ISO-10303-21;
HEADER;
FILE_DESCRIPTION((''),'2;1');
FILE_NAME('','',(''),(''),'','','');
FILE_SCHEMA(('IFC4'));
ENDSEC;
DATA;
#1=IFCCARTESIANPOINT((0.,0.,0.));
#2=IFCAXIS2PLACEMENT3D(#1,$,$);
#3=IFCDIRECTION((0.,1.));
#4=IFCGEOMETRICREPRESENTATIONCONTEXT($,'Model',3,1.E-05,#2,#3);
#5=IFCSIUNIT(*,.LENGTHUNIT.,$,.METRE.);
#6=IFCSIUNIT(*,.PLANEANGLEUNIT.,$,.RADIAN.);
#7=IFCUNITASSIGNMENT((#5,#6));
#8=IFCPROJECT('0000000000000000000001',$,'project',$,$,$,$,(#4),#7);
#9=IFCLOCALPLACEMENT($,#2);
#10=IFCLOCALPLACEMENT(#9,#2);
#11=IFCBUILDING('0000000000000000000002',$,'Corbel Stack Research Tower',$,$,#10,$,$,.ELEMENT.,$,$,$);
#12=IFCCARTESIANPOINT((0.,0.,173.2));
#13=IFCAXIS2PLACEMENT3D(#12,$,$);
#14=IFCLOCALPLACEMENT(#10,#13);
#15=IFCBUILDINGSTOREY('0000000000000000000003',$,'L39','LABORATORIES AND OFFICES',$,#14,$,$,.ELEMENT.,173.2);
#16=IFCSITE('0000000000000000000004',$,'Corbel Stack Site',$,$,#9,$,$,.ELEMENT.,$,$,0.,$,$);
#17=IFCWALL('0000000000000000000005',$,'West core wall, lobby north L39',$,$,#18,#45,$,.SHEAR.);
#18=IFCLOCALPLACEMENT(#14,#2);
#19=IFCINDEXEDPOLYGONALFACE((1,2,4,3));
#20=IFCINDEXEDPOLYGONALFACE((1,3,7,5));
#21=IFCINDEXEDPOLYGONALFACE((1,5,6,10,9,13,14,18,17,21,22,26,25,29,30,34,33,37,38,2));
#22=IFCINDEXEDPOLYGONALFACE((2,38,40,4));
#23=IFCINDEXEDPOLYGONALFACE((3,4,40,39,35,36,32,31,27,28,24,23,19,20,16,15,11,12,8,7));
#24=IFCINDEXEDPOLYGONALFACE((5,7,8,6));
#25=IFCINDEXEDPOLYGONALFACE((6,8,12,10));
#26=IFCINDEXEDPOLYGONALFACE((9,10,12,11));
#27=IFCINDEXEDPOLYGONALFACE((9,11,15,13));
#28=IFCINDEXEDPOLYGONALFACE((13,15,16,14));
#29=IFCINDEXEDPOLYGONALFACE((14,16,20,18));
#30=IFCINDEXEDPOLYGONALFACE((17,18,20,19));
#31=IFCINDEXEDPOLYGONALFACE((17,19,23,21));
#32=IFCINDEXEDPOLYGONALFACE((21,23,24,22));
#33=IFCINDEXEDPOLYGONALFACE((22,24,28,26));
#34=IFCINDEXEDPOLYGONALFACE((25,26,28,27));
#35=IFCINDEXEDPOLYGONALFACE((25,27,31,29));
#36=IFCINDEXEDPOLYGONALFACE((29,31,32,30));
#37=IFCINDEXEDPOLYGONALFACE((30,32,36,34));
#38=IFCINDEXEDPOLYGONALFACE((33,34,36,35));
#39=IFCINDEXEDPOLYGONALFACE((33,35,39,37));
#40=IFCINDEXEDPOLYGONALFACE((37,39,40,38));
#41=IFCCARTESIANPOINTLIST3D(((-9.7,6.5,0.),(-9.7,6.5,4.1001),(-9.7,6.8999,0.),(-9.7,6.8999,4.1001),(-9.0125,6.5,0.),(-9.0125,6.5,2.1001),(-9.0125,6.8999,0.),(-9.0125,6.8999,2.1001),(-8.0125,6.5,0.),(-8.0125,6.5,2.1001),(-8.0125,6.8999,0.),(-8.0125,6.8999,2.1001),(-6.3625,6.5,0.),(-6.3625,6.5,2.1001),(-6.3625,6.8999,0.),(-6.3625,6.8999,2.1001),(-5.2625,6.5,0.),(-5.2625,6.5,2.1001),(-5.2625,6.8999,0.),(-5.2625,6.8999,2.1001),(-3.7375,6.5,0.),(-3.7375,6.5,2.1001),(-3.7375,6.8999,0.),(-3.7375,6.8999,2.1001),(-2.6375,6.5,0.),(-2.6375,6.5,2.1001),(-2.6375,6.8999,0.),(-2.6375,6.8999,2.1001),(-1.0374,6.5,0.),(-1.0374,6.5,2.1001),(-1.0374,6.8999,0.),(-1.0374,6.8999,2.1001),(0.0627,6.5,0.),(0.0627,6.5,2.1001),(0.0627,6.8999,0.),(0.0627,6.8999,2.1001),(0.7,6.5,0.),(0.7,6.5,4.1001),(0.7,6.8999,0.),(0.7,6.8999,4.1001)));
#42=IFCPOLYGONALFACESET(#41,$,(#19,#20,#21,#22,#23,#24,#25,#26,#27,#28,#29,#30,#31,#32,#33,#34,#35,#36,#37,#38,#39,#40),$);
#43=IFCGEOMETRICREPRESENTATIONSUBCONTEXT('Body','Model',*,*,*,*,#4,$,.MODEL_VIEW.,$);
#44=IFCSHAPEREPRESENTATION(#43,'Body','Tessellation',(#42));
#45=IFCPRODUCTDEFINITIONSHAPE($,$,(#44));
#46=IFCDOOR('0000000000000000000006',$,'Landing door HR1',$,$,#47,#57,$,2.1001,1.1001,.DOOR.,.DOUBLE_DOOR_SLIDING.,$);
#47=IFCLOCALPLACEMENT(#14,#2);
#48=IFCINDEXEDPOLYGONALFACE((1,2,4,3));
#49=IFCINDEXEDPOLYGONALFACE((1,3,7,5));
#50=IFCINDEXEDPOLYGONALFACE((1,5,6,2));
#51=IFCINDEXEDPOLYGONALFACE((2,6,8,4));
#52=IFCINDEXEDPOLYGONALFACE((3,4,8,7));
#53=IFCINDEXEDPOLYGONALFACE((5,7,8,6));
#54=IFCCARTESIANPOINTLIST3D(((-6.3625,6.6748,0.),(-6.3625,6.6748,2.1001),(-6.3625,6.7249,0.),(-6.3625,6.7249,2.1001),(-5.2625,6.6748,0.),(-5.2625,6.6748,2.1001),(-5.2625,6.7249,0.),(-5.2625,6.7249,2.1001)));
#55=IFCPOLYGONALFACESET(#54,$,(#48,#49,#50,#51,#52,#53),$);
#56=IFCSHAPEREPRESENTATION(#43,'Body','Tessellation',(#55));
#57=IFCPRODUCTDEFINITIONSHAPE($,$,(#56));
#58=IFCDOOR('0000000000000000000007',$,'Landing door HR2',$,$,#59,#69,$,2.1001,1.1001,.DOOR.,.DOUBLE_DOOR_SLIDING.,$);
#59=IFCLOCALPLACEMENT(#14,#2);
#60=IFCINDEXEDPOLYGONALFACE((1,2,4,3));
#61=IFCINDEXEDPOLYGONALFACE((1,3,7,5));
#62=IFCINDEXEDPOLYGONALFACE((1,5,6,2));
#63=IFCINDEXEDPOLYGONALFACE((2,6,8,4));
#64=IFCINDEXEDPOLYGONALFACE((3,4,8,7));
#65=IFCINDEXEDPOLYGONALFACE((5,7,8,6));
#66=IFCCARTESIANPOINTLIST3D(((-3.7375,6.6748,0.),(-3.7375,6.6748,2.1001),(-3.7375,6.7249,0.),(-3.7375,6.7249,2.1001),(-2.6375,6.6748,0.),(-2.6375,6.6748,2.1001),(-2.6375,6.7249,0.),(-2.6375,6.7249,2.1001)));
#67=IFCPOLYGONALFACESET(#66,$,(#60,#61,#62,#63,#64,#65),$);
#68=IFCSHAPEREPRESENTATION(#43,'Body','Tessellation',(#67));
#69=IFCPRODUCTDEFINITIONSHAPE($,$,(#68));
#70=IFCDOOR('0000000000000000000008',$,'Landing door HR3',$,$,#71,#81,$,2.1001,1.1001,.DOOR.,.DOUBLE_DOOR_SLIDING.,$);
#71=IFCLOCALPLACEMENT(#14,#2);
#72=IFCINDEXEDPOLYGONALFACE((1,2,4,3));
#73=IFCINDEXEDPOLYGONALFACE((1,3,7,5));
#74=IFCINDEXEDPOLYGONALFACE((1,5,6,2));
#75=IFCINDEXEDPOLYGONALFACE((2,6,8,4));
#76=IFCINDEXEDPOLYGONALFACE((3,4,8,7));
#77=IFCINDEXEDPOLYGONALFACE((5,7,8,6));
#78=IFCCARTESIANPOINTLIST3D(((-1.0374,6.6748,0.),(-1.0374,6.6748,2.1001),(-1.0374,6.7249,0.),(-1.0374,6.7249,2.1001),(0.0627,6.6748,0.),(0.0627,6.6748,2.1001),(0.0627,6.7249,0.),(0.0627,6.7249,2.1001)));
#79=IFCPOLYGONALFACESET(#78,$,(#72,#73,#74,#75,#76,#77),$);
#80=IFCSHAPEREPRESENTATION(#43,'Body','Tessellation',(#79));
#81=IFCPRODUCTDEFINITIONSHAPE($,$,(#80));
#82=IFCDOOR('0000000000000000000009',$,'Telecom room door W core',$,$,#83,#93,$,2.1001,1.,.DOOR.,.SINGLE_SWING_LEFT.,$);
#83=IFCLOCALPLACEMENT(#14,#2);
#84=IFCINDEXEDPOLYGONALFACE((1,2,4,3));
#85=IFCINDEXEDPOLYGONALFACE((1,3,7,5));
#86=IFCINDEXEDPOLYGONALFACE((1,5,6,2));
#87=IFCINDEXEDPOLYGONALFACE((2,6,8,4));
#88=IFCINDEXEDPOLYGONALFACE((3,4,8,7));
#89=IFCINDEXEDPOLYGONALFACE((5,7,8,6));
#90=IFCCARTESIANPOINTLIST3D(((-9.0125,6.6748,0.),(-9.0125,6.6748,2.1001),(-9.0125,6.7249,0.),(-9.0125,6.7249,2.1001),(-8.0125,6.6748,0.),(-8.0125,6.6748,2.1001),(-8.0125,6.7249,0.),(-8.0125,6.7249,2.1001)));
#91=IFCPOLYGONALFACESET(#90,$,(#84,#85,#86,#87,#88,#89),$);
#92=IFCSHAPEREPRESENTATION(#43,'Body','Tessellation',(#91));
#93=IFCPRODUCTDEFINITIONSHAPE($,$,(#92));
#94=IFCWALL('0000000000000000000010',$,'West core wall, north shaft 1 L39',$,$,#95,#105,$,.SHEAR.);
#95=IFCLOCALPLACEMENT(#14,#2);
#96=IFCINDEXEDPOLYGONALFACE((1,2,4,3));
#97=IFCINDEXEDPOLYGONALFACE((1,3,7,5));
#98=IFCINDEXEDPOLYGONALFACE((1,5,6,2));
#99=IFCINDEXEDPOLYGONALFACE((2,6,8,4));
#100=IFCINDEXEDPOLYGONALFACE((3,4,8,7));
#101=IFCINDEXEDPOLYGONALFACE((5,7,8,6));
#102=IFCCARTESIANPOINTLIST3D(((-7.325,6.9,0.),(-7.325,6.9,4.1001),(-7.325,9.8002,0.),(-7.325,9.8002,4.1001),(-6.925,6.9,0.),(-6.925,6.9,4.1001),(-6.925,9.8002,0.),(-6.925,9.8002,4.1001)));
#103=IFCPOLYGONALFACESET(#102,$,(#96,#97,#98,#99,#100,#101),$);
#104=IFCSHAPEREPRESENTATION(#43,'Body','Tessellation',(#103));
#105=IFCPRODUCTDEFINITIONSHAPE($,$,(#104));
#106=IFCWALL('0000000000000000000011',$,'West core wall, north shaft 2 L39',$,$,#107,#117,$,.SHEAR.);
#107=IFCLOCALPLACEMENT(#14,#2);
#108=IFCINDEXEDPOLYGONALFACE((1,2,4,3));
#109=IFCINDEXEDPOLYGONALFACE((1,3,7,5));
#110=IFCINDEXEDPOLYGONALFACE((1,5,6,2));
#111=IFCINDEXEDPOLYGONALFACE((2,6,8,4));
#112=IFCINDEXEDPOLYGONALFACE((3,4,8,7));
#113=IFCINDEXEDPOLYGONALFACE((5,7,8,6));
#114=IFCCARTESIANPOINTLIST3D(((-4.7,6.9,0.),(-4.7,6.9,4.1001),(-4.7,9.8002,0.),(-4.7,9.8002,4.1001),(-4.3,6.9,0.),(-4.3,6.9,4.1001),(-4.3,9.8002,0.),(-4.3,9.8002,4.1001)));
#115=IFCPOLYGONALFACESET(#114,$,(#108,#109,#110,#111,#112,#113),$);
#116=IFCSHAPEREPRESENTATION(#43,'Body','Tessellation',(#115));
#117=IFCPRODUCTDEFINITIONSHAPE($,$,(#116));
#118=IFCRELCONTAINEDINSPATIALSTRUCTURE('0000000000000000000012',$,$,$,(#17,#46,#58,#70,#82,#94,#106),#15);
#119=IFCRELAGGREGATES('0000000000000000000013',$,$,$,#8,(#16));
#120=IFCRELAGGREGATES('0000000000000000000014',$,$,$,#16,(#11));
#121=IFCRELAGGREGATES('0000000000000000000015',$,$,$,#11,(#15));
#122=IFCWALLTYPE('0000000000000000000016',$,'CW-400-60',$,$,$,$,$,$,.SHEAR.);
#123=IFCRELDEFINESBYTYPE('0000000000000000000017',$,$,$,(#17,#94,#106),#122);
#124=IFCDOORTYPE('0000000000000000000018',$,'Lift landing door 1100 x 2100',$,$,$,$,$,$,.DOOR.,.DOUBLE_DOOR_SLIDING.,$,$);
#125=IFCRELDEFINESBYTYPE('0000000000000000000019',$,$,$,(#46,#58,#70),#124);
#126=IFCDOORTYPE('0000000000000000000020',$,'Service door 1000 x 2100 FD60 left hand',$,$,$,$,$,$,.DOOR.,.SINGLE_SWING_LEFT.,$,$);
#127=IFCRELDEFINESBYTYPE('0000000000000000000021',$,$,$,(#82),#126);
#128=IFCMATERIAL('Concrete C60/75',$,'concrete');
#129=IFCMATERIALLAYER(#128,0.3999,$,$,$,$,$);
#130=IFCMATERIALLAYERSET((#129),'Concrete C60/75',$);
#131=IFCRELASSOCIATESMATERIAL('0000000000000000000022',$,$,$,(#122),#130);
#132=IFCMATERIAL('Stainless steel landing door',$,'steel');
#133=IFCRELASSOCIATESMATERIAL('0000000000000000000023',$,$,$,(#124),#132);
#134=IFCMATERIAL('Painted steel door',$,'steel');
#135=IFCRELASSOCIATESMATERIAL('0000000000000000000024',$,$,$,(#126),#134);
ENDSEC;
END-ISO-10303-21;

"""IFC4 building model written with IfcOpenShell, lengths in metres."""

from ifc_helpers import new_model, si_unit, direction, frame, frame_2d, origin, place, context, subcontext, project, spatial, rectangle, extrude, material, layer, layer_set, type_object, element, fill, save


model = new_model("IFC4")

# Units and contexts
model_context = context("Model", 3, precision=1e-05, world=origin(), true_north=direction((0.0, 1.0)))
body_context = subcontext(model_context, "Body", "Model", "MODEL_VIEW")
ifc_project = project(units=[si_unit("LENGTHUNIT", "METRE"), si_unit("PLANEANGLEUNIT", "RADIAN")], contexts=[model_context])

# Site, building, storey
site_placement = place(None, origin())
site = spatial("IfcSite", under=ifc_project, at=site_placement, Name="Corbel Stack Site", CompositionType="ELEMENT", RefElevation=0.0)
building_placement = place(site_placement, origin())
building = spatial("IfcBuilding", under=site, at=building_placement, Name="Corbel Stack Research Tower", CompositionType="ELEMENT")
storey_placement = place(building_placement, frame((0.0, 0.0, 173.2)))
storey = spatial("IfcBuildingStorey", under=building, at=storey_placement, Name="L39", Description="LABORATORIES AND OFFICES", CompositionType="ELEMENT", Elevation=173.2)

# Wall, openings, doors
ifc_material_1 = material(Name="Concrete C60/75", Category="concrete")
ifc_layer_1 = layer(ifc_material_1, 0.3999)
ifc_layer_set_1 = layer_set([ifc_layer_1], Name="Concrete C60/75")
wall_type = type_object("IfcWallType", Name="CW-400-60", PredefinedType="SHEAR", material=ifc_layer_set_1)
ifc_material_2 = material(Name="Stainless steel landing door", Category="steel")
door_type_1 = type_object("IfcDoorType", Name="Lift landing door 1100 x 2100", OperationType="DOUBLE_DOOR_SLIDING", PredefinedType="DOOR", material=ifc_material_2)
ifc_material_3 = material(Name="Painted steel door", Category="steel")
door_type_2 = type_object("IfcDoorType", Name="Service door 1000 x 2100 FD60 left hand", OperationType="SINGLE_SWING_LEFT", PredefinedType="DOOR", material=ifc_material_3)
wall_1_placement = place(storey_placement, frame((-9.7, 6.7, 0.0), z_axis=(0.0, 0.0, 1.0), x_axis=(1.0, 0.0, 0.0)))
wall_1 = element("IfcWall", 1, at=wall_1_placement, inside=storey, type_object=wall_type, Name="West core wall, lobby north L39", PredefinedType="SHEAR", context=body_context, shape_type="SweptSolid", body=[
    extrude(rectangle(XDim=10.3999, YDim=0.3999, at=frame_2d((5.2, 0.0))), origin(), (0.0, 0.0, 1.0), 4.1001),
])
opening_1_placement = place(wall_1_placement, frame((3.3374, 0.0, 0.0)))
opening_1 = element("IfcOpeningElement", 2, at=opening_1_placement, cuts=wall_1, PredefinedType="OPENING", context=body_context, shape_type="SweptSolid", body=[
    extrude(rectangle(XDim=1.1001, YDim=2.1001, at=frame_2d((0.55, 1.05))), frame((0.0, 0.21, 0.0), z_axis=(0.0, -1.0, 0.0), x_axis=(1.0, 0.0, 0.0)), (0.0, 0.0, 1.0), 0.4199),
])
opening_2_placement = place(wall_1_placement, frame((5.9624, 0.0, 0.0)))
opening_2 = element("IfcOpeningElement", 3, at=opening_2_placement, cuts=wall_1, PredefinedType="OPENING", context=body_context, shape_type="SweptSolid", body=[
    extrude(rectangle(XDim=1.1001, YDim=2.1001, at=frame_2d((0.55, 1.05))), frame((0.0, 0.21, 0.0), z_axis=(0.0, -1.0, 0.0), x_axis=(1.0, 0.0, 0.0)), (0.0, 0.0, 1.0), 0.4199),
])
opening_3_placement = place(wall_1_placement, frame((8.6626, 0.0, 0.0)))
opening_3 = element("IfcOpeningElement", 4, at=opening_3_placement, cuts=wall_1, PredefinedType="OPENING", context=body_context, shape_type="SweptSolid", body=[
    extrude(rectangle(XDim=1.1001, YDim=2.1001, at=frame_2d((0.55, 1.05))), frame((0.0, 0.21, 0.0), z_axis=(0.0, -1.0, 0.0), x_axis=(1.0, 0.0, 0.0)), (0.0, 0.0, 1.0), 0.4199),
])
opening_4_placement = place(wall_1_placement, frame((0.6875, 0.0, 0.0)))
opening_4 = element("IfcOpeningElement", 5, at=opening_4_placement, cuts=wall_1, PredefinedType="OPENING", context=body_context, shape_type="SweptSolid", body=[
    extrude(rectangle(XDim=1.0, YDim=2.1001, at=frame_2d((0.5, 1.05))), frame((0.0, 0.21, 0.0), z_axis=(0.0, -1.0, 0.0), x_axis=(1.0, 0.0, 0.0)), (0.0, 0.0, 1.0), 0.4199),
])
door_1_placement = place(opening_1_placement, origin())
door_1 = element("IfcDoor", 6, at=door_1_placement, inside=storey, type_object=door_type_1, Name="Landing door HR1", OperationType="DOUBLE_DOOR_SLIDING", OverallHeight=2.1001, OverallWidth=1.1001, PredefinedType="DOOR", context=body_context, shape_type="SweptSolid", body=[
    extrude(rectangle(XDim=1.1001, YDim=2.1001, at=frame_2d((0.55, 1.05))), frame((0.0, 0.0249, 0.0), z_axis=(0.0, -1.0, 0.0), x_axis=(1.0, 0.0, 0.0)), (0.0, 0.0, 1.0), 0.05),
])
fill(opening_1, door_1)
door_2_placement = place(opening_2_placement, origin())
door_2 = element("IfcDoor", 7, at=door_2_placement, inside=storey, type_object=door_type_1, Name="Landing door HR2", OperationType="DOUBLE_DOOR_SLIDING", OverallHeight=2.1001, OverallWidth=1.1001, PredefinedType="DOOR", context=body_context, shape_type="SweptSolid", body=[
    extrude(rectangle(XDim=1.1001, YDim=2.1001, at=frame_2d((0.55, 1.05))), frame((0.0, 0.0249, 0.0), z_axis=(0.0, -1.0, 0.0), x_axis=(1.0, 0.0, 0.0)), (0.0, 0.0, 1.0), 0.05),
])
fill(opening_2, door_2)
door_3_placement = place(opening_3_placement, origin())
door_3 = element("IfcDoor", 8, at=door_3_placement, inside=storey, type_object=door_type_1, Name="Landing door HR3", OperationType="DOUBLE_DOOR_SLIDING", OverallHeight=2.1001, OverallWidth=1.1001, PredefinedType="DOOR", context=body_context, shape_type="SweptSolid", body=[
    extrude(rectangle(XDim=1.1001, YDim=2.1001, at=frame_2d((0.55, 1.05))), frame((0.0, 0.0249, 0.0), z_axis=(0.0, -1.0, 0.0), x_axis=(1.0, 0.0, 0.0)), (0.0, 0.0, 1.0), 0.05),
])
fill(opening_3, door_3)
door_4_placement = place(opening_4_placement, origin())
door_4 = element("IfcDoor", 9, at=door_4_placement, inside=storey, type_object=door_type_2, Name="Telecom room door W core", OperationType="SINGLE_SWING_LEFT", OverallHeight=2.1001, OverallWidth=1.0, PredefinedType="DOOR", context=body_context, shape_type="SweptSolid", body=[
    extrude(rectangle(XDim=1.0, YDim=2.1001, at=frame_2d((0.5, 1.05))), frame((0.0, 0.0249, 0.0), z_axis=(0.0, -1.0, 0.0), x_axis=(1.0, 0.0, 0.0)), (0.0, 0.0, 1.0), 0.05),
])
fill(opening_4, door_4)

# Walls
for number, where, z_axis, x_axis, name in (
    (10, (-7.125, 6.8999, 0.0), (0.0, 0.0, 1.0), (0.0, 1.0, 0.0), "West core wall, north shaft 1 L39"),
    (11, (-4.5, 6.8999, 0.0), (0.0, 0.0, 1.0), (0.0, 1.0, 0.0), "West core wall, north shaft 2 L39"),
):
    element("IfcWall", number, at=place(storey_placement, frame(where, z_axis=z_axis, x_axis=x_axis)), inside=storey, type_object=wall_type, Name=name, PredefinedType="SHEAR", context=body_context, shape_type="SweptSolid", body=[
        extrude(rectangle(XDim=2.9001, YDim=0.3999, at=frame_2d((1.4502, 0.0))), origin(), (0.0, 0.0, 1.0), 4.1001),
    ])

save(model, "model.ifc")
